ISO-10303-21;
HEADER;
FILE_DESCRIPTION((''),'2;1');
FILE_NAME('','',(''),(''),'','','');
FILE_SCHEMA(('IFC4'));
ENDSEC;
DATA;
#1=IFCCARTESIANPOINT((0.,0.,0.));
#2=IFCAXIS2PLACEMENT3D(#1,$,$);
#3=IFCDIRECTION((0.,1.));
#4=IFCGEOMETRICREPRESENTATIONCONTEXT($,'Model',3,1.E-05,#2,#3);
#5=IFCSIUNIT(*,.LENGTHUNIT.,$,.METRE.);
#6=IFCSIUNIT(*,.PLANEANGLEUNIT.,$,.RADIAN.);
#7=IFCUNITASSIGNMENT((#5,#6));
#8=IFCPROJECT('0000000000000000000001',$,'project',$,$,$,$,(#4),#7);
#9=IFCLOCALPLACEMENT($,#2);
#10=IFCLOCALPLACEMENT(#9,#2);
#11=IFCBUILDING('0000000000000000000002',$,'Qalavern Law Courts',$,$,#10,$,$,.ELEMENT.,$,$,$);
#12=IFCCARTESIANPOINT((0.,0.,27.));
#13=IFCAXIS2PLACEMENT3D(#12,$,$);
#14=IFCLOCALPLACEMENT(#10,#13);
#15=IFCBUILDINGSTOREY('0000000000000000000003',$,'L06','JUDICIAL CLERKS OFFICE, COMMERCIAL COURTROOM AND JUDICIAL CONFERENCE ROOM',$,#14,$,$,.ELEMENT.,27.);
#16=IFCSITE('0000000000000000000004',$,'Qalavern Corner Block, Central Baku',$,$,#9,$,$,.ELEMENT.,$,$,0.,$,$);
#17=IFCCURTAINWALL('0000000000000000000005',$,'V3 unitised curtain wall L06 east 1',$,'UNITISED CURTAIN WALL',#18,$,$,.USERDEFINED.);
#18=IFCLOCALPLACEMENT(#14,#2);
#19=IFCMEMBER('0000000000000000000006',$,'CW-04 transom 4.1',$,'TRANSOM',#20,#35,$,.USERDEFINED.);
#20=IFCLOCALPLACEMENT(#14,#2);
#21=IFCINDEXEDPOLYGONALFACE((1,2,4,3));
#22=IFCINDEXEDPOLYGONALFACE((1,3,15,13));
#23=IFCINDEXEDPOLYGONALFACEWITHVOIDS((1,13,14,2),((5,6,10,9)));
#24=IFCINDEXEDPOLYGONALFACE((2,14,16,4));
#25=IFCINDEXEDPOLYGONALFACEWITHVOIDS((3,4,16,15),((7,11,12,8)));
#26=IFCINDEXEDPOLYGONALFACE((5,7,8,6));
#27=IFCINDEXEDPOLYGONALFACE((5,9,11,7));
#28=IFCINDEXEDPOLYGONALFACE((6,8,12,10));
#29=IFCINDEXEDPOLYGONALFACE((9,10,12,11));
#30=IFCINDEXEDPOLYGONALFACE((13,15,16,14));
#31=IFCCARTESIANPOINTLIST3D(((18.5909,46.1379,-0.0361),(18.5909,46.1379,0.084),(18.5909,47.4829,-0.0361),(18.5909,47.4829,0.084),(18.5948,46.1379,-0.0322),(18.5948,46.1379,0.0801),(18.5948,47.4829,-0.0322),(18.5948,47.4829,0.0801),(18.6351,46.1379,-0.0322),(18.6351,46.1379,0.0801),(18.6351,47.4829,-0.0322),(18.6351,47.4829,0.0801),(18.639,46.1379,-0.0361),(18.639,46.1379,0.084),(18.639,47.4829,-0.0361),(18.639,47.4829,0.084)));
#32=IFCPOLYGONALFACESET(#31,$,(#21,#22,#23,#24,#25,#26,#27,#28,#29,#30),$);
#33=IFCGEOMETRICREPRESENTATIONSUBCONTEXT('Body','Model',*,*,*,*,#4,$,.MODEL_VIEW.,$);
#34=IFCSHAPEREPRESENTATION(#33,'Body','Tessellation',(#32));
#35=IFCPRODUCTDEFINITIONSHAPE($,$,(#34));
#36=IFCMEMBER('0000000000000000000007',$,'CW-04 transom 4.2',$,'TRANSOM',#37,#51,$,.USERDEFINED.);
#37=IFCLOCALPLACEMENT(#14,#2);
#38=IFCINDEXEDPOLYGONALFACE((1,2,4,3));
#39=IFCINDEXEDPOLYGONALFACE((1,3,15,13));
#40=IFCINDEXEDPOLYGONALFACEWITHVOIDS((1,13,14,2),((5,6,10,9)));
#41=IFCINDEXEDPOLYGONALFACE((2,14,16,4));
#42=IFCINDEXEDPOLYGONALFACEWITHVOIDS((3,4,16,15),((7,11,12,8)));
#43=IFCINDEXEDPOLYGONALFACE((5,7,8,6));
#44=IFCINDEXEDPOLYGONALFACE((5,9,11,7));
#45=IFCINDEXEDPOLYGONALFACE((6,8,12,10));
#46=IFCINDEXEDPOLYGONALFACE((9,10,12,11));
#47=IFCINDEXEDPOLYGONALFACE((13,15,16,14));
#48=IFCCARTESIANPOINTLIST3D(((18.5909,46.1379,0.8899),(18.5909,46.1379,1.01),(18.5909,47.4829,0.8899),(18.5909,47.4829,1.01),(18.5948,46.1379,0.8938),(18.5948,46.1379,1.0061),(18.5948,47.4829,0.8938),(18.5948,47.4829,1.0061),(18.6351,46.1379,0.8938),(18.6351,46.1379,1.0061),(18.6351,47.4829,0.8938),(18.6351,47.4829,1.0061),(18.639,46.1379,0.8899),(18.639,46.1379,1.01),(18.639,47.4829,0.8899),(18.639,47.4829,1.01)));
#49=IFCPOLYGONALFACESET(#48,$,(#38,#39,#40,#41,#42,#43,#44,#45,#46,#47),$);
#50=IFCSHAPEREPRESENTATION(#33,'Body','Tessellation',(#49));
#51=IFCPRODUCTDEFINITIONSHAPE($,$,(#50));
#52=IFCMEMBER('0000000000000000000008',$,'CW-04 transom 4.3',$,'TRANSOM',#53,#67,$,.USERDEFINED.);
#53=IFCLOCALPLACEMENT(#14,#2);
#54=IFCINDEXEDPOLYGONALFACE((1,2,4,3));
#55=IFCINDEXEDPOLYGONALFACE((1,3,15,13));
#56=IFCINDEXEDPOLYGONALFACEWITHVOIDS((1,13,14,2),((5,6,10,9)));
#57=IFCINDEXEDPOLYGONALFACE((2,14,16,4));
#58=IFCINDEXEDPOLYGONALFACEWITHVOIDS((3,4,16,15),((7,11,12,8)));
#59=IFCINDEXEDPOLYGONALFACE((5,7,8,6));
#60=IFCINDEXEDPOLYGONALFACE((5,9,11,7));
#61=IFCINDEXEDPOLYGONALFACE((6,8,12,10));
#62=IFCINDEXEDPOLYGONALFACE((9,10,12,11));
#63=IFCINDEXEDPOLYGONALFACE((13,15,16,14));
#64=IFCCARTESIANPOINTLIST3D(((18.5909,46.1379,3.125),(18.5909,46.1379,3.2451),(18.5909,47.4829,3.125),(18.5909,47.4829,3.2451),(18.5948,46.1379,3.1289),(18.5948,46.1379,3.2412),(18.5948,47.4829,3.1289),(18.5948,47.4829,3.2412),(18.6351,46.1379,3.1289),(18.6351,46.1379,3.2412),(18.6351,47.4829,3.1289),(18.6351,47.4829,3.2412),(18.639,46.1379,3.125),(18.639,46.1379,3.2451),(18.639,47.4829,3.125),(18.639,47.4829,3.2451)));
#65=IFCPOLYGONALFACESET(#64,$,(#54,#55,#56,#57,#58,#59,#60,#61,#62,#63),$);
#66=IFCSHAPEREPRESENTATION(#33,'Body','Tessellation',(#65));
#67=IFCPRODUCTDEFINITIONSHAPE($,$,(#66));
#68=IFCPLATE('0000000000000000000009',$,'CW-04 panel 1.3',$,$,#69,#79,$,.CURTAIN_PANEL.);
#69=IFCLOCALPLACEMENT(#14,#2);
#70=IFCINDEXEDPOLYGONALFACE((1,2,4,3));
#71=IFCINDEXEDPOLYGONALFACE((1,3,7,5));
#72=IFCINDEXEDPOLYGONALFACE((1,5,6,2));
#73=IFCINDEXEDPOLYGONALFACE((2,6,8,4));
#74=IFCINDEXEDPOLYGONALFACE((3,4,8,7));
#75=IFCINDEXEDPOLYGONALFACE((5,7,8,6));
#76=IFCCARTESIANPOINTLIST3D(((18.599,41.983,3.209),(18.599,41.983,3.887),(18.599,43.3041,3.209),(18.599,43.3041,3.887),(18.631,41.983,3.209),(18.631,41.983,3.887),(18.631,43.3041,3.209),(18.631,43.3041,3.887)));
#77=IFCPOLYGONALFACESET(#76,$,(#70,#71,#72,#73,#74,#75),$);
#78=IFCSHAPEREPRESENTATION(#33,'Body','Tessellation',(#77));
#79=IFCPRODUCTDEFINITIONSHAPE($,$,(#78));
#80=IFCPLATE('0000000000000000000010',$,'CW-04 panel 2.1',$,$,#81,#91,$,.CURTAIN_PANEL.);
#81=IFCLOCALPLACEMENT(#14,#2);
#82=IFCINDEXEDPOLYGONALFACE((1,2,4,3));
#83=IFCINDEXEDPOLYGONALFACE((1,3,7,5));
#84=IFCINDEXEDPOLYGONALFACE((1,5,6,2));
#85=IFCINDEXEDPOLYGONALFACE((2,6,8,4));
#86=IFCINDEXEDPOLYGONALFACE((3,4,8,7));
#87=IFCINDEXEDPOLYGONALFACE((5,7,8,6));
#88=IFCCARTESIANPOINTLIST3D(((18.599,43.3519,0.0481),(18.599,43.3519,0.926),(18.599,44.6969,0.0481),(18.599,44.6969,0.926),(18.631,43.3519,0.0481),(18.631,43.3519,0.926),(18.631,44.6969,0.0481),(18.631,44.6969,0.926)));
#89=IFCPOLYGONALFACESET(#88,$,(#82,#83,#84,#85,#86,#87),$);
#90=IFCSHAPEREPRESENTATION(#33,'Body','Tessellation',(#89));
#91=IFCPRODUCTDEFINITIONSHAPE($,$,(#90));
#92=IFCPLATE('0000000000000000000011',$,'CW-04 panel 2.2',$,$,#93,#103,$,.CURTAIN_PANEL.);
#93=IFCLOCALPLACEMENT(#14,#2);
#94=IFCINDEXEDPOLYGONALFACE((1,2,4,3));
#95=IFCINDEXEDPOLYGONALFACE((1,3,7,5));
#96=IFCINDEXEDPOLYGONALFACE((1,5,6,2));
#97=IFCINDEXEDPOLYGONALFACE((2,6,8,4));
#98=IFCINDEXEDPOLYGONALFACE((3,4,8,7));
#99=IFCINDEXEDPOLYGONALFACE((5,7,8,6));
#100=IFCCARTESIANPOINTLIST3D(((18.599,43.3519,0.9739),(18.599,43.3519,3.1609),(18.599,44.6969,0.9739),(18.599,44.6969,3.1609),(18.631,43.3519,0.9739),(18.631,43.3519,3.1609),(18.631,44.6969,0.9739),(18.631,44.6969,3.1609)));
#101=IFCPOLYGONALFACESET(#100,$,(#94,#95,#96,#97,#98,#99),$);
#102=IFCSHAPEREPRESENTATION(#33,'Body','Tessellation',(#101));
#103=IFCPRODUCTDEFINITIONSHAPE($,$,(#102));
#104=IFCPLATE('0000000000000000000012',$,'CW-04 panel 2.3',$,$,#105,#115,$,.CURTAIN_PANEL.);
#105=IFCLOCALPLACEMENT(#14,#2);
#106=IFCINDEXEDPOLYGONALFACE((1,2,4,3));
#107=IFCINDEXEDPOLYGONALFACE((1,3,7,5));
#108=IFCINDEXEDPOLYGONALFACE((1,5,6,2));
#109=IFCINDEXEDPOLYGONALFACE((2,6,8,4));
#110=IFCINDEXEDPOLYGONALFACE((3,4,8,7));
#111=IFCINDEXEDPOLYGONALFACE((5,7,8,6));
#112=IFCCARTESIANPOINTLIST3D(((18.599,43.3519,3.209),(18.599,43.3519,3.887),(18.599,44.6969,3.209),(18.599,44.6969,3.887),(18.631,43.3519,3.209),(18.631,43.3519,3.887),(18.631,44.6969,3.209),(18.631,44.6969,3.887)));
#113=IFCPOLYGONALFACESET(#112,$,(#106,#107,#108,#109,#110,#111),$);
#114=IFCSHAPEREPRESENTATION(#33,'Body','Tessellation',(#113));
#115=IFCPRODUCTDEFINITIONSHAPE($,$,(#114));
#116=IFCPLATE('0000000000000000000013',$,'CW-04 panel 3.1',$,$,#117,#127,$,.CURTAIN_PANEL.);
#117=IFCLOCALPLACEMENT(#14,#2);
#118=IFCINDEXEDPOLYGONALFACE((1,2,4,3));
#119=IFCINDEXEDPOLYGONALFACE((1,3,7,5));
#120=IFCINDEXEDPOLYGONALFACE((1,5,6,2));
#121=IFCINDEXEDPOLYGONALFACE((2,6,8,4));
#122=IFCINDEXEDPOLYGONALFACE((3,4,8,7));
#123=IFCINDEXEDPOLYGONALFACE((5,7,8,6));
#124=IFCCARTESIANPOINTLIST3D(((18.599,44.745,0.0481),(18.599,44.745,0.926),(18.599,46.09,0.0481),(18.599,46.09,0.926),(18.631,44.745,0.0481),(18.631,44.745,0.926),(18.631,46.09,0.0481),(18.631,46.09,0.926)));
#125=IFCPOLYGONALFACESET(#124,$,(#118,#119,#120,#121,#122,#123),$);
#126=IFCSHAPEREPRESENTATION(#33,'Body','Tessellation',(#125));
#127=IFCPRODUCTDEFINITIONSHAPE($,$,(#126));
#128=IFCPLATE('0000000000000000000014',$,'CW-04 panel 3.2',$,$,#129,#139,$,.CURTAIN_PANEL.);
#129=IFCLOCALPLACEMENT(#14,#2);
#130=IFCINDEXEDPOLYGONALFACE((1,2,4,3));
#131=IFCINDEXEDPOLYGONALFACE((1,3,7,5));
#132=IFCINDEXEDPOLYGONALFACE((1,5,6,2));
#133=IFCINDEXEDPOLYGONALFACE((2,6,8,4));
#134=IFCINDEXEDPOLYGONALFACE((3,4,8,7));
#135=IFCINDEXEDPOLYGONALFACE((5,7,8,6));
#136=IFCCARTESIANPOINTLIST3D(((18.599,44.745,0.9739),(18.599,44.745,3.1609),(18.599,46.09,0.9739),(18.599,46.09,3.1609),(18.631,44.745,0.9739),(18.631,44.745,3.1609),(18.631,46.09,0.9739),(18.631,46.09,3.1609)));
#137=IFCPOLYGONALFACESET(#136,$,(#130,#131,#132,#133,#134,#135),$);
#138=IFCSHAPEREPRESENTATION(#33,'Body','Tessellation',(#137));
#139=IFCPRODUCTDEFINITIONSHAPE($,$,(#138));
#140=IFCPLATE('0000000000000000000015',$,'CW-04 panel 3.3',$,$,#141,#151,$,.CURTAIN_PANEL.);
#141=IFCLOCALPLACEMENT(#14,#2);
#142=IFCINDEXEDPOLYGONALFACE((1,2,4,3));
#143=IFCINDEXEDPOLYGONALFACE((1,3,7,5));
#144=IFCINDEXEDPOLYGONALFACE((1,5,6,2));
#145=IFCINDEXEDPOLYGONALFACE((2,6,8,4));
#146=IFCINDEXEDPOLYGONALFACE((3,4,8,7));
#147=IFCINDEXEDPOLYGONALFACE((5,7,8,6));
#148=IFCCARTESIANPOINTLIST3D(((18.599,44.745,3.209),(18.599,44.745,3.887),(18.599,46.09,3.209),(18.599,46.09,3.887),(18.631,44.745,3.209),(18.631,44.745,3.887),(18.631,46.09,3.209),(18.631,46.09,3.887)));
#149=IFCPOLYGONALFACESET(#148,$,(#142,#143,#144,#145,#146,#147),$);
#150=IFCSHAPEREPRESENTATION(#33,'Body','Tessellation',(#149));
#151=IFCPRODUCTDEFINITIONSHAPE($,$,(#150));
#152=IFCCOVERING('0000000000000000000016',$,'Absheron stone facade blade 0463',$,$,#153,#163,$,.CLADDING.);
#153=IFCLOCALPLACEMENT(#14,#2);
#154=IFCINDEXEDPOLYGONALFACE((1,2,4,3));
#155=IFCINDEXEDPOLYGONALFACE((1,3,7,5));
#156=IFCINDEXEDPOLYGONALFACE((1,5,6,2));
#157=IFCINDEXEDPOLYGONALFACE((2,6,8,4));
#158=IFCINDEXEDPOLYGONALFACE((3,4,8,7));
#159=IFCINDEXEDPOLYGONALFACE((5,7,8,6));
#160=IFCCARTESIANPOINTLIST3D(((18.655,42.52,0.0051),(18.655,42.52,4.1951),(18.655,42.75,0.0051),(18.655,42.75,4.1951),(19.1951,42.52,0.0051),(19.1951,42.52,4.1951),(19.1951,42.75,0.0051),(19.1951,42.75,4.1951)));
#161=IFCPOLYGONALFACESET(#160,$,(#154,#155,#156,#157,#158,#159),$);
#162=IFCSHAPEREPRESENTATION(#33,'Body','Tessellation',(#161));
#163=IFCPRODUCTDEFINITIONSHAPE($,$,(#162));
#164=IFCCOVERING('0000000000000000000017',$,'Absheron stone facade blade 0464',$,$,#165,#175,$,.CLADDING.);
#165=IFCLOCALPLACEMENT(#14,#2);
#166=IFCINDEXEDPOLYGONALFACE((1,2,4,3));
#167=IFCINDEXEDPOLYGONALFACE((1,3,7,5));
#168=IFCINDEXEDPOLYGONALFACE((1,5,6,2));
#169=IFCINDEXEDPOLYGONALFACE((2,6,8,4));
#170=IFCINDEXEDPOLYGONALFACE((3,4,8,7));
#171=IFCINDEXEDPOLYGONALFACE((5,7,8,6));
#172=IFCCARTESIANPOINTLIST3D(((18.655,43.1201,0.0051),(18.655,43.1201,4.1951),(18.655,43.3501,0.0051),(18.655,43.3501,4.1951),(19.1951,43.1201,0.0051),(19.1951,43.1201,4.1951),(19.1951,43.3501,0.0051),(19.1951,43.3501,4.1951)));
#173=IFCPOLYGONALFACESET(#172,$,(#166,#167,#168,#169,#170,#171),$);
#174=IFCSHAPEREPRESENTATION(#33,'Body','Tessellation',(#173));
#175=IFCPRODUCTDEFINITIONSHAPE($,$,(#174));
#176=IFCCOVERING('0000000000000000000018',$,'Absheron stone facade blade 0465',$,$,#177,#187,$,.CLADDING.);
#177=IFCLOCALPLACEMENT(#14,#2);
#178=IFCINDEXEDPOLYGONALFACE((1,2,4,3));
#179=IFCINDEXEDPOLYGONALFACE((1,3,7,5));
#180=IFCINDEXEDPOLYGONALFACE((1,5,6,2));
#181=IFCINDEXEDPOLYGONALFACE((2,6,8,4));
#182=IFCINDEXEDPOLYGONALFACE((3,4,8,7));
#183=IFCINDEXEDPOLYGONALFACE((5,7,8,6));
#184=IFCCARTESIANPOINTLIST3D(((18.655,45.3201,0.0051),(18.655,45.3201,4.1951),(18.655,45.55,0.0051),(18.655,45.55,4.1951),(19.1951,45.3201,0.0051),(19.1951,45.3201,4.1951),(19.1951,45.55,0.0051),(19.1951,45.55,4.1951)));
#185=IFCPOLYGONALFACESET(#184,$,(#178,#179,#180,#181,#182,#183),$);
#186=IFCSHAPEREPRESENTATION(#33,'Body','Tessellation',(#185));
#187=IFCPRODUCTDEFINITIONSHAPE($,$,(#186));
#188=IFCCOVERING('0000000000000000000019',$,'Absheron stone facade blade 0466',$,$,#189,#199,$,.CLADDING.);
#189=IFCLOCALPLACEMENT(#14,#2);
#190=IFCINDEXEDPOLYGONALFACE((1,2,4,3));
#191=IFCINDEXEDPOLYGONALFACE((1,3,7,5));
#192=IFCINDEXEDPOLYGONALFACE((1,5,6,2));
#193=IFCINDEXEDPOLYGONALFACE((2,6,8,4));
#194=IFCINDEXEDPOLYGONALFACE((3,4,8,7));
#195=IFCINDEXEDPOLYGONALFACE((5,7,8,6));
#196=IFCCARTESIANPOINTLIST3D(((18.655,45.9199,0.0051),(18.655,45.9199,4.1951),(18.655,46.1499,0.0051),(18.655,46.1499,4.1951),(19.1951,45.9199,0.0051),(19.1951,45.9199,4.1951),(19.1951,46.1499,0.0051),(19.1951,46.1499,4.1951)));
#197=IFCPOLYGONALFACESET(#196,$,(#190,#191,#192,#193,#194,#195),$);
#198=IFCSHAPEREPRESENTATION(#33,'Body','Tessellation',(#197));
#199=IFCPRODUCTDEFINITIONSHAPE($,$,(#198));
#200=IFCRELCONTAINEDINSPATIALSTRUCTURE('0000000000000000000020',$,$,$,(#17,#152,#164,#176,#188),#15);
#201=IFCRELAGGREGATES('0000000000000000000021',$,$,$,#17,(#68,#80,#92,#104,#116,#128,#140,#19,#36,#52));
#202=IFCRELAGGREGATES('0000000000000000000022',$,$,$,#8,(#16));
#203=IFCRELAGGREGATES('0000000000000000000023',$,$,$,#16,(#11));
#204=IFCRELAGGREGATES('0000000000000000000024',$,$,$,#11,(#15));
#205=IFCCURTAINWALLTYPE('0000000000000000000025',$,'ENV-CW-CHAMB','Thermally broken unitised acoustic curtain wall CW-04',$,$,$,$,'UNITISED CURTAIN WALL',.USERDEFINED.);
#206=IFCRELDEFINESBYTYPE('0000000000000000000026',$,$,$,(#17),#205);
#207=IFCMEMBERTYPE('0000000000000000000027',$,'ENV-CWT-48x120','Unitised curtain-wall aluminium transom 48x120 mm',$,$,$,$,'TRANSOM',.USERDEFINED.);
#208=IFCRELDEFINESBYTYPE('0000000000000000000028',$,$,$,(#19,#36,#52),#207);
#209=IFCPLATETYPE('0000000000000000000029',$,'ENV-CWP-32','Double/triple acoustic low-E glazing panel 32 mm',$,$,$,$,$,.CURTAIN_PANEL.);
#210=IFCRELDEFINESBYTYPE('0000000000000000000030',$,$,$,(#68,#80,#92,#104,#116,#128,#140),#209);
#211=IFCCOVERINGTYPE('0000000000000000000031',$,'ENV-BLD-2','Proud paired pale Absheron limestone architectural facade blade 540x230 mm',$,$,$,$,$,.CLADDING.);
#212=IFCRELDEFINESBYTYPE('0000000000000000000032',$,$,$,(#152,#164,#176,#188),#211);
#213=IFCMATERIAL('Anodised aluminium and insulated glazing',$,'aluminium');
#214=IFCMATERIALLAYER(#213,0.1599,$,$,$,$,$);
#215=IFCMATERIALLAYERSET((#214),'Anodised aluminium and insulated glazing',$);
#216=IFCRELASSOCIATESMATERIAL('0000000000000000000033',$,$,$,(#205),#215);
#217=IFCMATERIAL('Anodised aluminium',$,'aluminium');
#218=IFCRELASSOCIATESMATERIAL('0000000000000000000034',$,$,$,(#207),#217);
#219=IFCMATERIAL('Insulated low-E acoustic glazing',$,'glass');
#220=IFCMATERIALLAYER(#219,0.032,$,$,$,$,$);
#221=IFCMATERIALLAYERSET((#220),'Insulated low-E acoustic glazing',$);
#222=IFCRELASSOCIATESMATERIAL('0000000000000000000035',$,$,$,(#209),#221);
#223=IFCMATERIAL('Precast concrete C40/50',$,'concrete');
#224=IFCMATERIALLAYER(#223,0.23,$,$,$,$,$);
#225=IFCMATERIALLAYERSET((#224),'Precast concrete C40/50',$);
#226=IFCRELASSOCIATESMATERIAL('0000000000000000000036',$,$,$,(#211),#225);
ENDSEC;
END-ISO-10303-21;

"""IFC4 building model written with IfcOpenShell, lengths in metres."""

from ifc_helpers import new_model, si_unit, direction, frame, origin, origin_2d, place, context, subcontext, project, spatial, rectangle, hollow_rectangle, extrude, material, layer, layer_set, material_profile, profile_set, type_object, element, aggregate, save


model = new_model("IFC4")

# Units and contexts
model_context = context("Model", 3, precision=1e-05, world=origin(), true_north=direction((0.0, 1.0)))
body_context = subcontext(model_context, "Body", "Model", "MODEL_VIEW")
ifc_project = project(units=[si_unit("LENGTHUNIT", "METRE"), si_unit("PLANEANGLEUNIT", "RADIAN")], contexts=[model_context])

# Site, building, storey
site_placement = place(None, origin())
site = spatial("IfcSite", under=ifc_project, at=site_placement, Name="Qalavern Corner Block, Central Baku", CompositionType="ELEMENT", RefElevation=0.0)
building_placement = place(site_placement, origin())
building = spatial("IfcBuilding", under=site, at=building_placement, Name="Qalavern Law Courts", CompositionType="ELEMENT")
storey_placement = place(building_placement, frame((0.0, 0.0, 27.0)))
storey = spatial("IfcBuildingStorey", under=building, at=storey_placement, Name="L06", Description="JUDICIAL CLERKS OFFICE, COMMERCIAL COURTROOM AND JUDICIAL CONFERENCE ROOM", CompositionType="ELEMENT", Elevation=27.0)

# Curtain wall, members, plates
ifc_material_1 = material(Name="Anodised aluminium and insulated glazing", Category="aluminium")
ifc_layer_1 = layer(ifc_material_1, 0.1599)
ifc_layer_set_1 = layer_set([ifc_layer_1], Name="Anodised aluminium and insulated glazing")
curtain_wall_type = type_object("IfcCurtainWallType", Name="ENV-CW-CHAMB", Description="Thermally broken unitised acoustic curtain wall CW-04", ElementType="UNITISED CURTAIN WALL", PredefinedType="USERDEFINED", material=ifc_layer_set_1)
curtain_wall_placement = place(storey_placement, origin())
curtain_wall = element("IfcCurtainWall", 1, at=curtain_wall_placement, inside=storey, type_object=curtain_wall_type, Name="V3 unitised curtain wall L06 east 1", ObjectType="UNITISED CURTAIN WALL", PredefinedType="USERDEFINED")
ifc_material_2 = material(Name="Anodised aluminium", Category="aluminium")
ifc_material_profile_1 = material_profile(ifc_material_2, hollow_rectangle(XDim=0.0481, YDim=0.1201, WallThickness=0.0039, at=origin_2d()), Name="ALU TRANSOM 48x120")
ifc_profile_set_1 = profile_set([ifc_material_profile_1], Name="Anodised aluminium")
member_type_1 = type_object("IfcMemberType", Name="ENV-CWT-48x120", Description="Unitised curtain-wall aluminium transom 48x120 mm", ElementType="TRANSOM", PredefinedType="USERDEFINED", material=ifc_profile_set_1)
member_1_placement = place(storey_placement, frame((18.615, 46.1379, 0.0239), z_axis=(0.0, 1.0, 0.0), x_axis=(-1.0, 0.0, 0.0)))
member_1 = element("IfcMember", 2, at=member_1_placement, type_object=member_type_1, Name="CW-04 transom 4.1", ObjectType="TRANSOM", PredefinedType="USERDEFINED", context=body_context, shape_type="SweptSolid", body=[
    extrude(hollow_rectangle(XDim=0.0481, YDim=0.1201, WallThickness=0.0039, at=origin_2d()), origin(), (0.0, 0.0, 1.0), 1.345),
])
member_2_placement = place(storey_placement, frame((18.615, 46.1379, 0.95), z_axis=(0.0, 1.0, 0.0), x_axis=(-1.0, 0.0, 0.0)))
member_2 = element("IfcMember", 3, at=member_2_placement, type_object=member_type_1, Name="CW-04 transom 4.2", ObjectType="TRANSOM", PredefinedType="USERDEFINED", context=body_context, shape_type="SweptSolid", body=[
    extrude(hollow_rectangle(XDim=0.0481, YDim=0.1201, WallThickness=0.0039, at=origin_2d()), origin(), (0.0, 0.0, 1.0), 1.345),
])
member_3_placement = place(storey_placement, frame((18.615, 46.1379, 3.1851), z_axis=(0.0, 1.0, 0.0), x_axis=(-1.0, 0.0, 0.0)))
member_3 = element("IfcMember", 4, at=member_3_placement, type_object=member_type_1, Name="CW-04 transom 4.3", ObjectType="TRANSOM", PredefinedType="USERDEFINED", context=body_context, shape_type="SweptSolid", body=[
    extrude(hollow_rectangle(XDim=0.0481, YDim=0.1201, WallThickness=0.0039, at=origin_2d()), origin(), (0.0, 0.0, 1.0), 1.345),
])
ifc_material_3 = material(Name="Insulated low-E acoustic glazing", Category="glass")
ifc_layer_2 = layer(ifc_material_3, 0.032)
ifc_layer_set_2 = layer_set([ifc_layer_2], Name="Insulated low-E acoustic glazing")
plate_type = type_object("IfcPlateType", Name="ENV-CWP-32", Description="Double/triple acoustic low-E glazing panel 32 mm", PredefinedType="CURTAIN_PANEL", material=ifc_layer_set_2)
plate_1_placement = place(storey_placement, frame((18.615, 42.6436, 3.209), z_axis=(0.0, 0.0, 1.0), x_axis=(0.0, 1.0, 0.0)))
plate_1 = element("IfcPlate", 5, at=plate_1_placement, type_object=plate_type, Name="CW-04 panel 1.3", PredefinedType="CURTAIN_PANEL", context=body_context, shape_type="SweptSolid", body=[
    extrude(rectangle(XDim=1.321, YDim=0.032, at=origin_2d()), origin(), (0.0, 0.0, 1.0), 0.678),
])
plate_2_placement = place(storey_placement, frame((18.615, 44.0244, 0.0481), z_axis=(0.0, 0.0, 1.0), x_axis=(0.0, 1.0, 0.0)))
plate_2 = element("IfcPlate", 6, at=plate_2_placement, type_object=plate_type, Name="CW-04 panel 2.1", PredefinedType="CURTAIN_PANEL", context=body_context, shape_type="SweptSolid", body=[
    extrude(rectangle(XDim=1.345, YDim=0.032, at=origin_2d()), origin(), (0.0, 0.0, 1.0), 0.8779),
])
plate_3_placement = place(storey_placement, frame((18.615, 44.0244, 0.9739), z_axis=(0.0, 0.0, 1.0), x_axis=(0.0, 1.0, 0.0)))
plate_3 = element("IfcPlate", 7, at=plate_3_placement, type_object=plate_type, Name="CW-04 panel 2.2", PredefinedType="CURTAIN_PANEL", context=body_context, shape_type="SweptSolid", body=[
    extrude(rectangle(XDim=1.345, YDim=0.032, at=origin_2d()), origin(), (0.0, 0.0, 1.0), 2.187),
])
plate_4_placement = place(storey_placement, frame((18.615, 44.0244, 3.209), z_axis=(0.0, 0.0, 1.0), x_axis=(0.0, 1.0, 0.0)))
plate_4 = element("IfcPlate", 8, at=plate_4_placement, type_object=plate_type, Name="CW-04 panel 2.3", PredefinedType="CURTAIN_PANEL", context=body_context, shape_type="SweptSolid", body=[
    extrude(rectangle(XDim=1.345, YDim=0.032, at=origin_2d()), origin(), (0.0, 0.0, 1.0), 0.678),
])
plate_5_placement = place(storey_placement, frame((18.615, 45.4175, 0.0481), z_axis=(0.0, 0.0, 1.0), x_axis=(0.0, 1.0, 0.0)))
plate_5 = element("IfcPlate", 9, at=plate_5_placement, type_object=plate_type, Name="CW-04 panel 3.1", PredefinedType="CURTAIN_PANEL", context=body_context, shape_type="SweptSolid", body=[
    extrude(rectangle(XDim=1.345, YDim=0.032, at=origin_2d()), origin(), (0.0, 0.0, 1.0), 0.8779),
])
plate_6_placement = place(storey_placement, frame((18.615, 45.4175, 0.9739), z_axis=(0.0, 0.0, 1.0), x_axis=(0.0, 1.0, 0.0)))
plate_6 = element("IfcPlate", 10, at=plate_6_placement, type_object=plate_type, Name="CW-04 panel 3.2", PredefinedType="CURTAIN_PANEL", context=body_context, shape_type="SweptSolid", body=[
    extrude(rectangle(XDim=1.345, YDim=0.032, at=origin_2d()), origin(), (0.0, 0.0, 1.0), 2.187),
])
plate_7_placement = place(storey_placement, frame((18.615, 45.4175, 3.209), z_axis=(0.0, 0.0, 1.0), x_axis=(0.0, 1.0, 0.0)))
plate_7 = element("IfcPlate", 11, at=plate_7_placement, type_object=plate_type, Name="CW-04 panel 3.3", PredefinedType="CURTAIN_PANEL", context=body_context, shape_type="SweptSolid", body=[
    extrude(rectangle(XDim=1.345, YDim=0.032, at=origin_2d()), origin(), (0.0, 0.0, 1.0), 0.678),
])
aggregate(curtain_wall, [plate_1, plate_2, plate_3, plate_4, plate_5, plate_6, plate_7, member_1, member_2, member_3])

# Coverings
ifc_material_4 = material(Name="Precast concrete C40/50", Category="concrete")
ifc_layer_3 = layer(ifc_material_4, 0.23)
ifc_layer_set_3 = layer_set([ifc_layer_3], Name="Precast concrete C40/50")
covering_type_1 = type_object("IfcCoveringType", Name="ENV-BLD-2", Description="Proud paired pale Absheron limestone architectural facade blade 540x230 mm", PredefinedType="CLADDING", material=ifc_layer_set_3)
for number, where, z_axis, x_axis, name in (
    (12, (18.925, 42.635, 0.0051), (0.0, 0.0, 1.0), (1.0, 0.0, 0.0), "Absheron stone facade blade 0463"),
    (13, (18.925, 43.2351, 0.0051), (0.0, 0.0, 1.0), (1.0, 0.0, 0.0), "Absheron stone facade blade 0464"),
    (14, (18.925, 45.4351, 0.0051), (0.0, 0.0, 1.0), (1.0, 0.0, 0.0), "Absheron stone facade blade 0465"),
    (15, (18.925, 46.0349, 0.0051), (0.0, 0.0, 1.0), (1.0, 0.0, 0.0), "Absheron stone facade blade 0466"),
):
    element("IfcCovering", number, at=place(storey_placement, frame(where, z_axis=z_axis, x_axis=x_axis)), inside=storey, type_object=covering_type_1, Name=name, PredefinedType="CLADDING", context=body_context, shape_type="SweptSolid", body=[
        extrude(rectangle(XDim=0.54, YDim=0.23, at=origin_2d()), origin(), (0.0, 0.0, 1.0), 4.1899),
    ])

save(model, "model.ifc")
